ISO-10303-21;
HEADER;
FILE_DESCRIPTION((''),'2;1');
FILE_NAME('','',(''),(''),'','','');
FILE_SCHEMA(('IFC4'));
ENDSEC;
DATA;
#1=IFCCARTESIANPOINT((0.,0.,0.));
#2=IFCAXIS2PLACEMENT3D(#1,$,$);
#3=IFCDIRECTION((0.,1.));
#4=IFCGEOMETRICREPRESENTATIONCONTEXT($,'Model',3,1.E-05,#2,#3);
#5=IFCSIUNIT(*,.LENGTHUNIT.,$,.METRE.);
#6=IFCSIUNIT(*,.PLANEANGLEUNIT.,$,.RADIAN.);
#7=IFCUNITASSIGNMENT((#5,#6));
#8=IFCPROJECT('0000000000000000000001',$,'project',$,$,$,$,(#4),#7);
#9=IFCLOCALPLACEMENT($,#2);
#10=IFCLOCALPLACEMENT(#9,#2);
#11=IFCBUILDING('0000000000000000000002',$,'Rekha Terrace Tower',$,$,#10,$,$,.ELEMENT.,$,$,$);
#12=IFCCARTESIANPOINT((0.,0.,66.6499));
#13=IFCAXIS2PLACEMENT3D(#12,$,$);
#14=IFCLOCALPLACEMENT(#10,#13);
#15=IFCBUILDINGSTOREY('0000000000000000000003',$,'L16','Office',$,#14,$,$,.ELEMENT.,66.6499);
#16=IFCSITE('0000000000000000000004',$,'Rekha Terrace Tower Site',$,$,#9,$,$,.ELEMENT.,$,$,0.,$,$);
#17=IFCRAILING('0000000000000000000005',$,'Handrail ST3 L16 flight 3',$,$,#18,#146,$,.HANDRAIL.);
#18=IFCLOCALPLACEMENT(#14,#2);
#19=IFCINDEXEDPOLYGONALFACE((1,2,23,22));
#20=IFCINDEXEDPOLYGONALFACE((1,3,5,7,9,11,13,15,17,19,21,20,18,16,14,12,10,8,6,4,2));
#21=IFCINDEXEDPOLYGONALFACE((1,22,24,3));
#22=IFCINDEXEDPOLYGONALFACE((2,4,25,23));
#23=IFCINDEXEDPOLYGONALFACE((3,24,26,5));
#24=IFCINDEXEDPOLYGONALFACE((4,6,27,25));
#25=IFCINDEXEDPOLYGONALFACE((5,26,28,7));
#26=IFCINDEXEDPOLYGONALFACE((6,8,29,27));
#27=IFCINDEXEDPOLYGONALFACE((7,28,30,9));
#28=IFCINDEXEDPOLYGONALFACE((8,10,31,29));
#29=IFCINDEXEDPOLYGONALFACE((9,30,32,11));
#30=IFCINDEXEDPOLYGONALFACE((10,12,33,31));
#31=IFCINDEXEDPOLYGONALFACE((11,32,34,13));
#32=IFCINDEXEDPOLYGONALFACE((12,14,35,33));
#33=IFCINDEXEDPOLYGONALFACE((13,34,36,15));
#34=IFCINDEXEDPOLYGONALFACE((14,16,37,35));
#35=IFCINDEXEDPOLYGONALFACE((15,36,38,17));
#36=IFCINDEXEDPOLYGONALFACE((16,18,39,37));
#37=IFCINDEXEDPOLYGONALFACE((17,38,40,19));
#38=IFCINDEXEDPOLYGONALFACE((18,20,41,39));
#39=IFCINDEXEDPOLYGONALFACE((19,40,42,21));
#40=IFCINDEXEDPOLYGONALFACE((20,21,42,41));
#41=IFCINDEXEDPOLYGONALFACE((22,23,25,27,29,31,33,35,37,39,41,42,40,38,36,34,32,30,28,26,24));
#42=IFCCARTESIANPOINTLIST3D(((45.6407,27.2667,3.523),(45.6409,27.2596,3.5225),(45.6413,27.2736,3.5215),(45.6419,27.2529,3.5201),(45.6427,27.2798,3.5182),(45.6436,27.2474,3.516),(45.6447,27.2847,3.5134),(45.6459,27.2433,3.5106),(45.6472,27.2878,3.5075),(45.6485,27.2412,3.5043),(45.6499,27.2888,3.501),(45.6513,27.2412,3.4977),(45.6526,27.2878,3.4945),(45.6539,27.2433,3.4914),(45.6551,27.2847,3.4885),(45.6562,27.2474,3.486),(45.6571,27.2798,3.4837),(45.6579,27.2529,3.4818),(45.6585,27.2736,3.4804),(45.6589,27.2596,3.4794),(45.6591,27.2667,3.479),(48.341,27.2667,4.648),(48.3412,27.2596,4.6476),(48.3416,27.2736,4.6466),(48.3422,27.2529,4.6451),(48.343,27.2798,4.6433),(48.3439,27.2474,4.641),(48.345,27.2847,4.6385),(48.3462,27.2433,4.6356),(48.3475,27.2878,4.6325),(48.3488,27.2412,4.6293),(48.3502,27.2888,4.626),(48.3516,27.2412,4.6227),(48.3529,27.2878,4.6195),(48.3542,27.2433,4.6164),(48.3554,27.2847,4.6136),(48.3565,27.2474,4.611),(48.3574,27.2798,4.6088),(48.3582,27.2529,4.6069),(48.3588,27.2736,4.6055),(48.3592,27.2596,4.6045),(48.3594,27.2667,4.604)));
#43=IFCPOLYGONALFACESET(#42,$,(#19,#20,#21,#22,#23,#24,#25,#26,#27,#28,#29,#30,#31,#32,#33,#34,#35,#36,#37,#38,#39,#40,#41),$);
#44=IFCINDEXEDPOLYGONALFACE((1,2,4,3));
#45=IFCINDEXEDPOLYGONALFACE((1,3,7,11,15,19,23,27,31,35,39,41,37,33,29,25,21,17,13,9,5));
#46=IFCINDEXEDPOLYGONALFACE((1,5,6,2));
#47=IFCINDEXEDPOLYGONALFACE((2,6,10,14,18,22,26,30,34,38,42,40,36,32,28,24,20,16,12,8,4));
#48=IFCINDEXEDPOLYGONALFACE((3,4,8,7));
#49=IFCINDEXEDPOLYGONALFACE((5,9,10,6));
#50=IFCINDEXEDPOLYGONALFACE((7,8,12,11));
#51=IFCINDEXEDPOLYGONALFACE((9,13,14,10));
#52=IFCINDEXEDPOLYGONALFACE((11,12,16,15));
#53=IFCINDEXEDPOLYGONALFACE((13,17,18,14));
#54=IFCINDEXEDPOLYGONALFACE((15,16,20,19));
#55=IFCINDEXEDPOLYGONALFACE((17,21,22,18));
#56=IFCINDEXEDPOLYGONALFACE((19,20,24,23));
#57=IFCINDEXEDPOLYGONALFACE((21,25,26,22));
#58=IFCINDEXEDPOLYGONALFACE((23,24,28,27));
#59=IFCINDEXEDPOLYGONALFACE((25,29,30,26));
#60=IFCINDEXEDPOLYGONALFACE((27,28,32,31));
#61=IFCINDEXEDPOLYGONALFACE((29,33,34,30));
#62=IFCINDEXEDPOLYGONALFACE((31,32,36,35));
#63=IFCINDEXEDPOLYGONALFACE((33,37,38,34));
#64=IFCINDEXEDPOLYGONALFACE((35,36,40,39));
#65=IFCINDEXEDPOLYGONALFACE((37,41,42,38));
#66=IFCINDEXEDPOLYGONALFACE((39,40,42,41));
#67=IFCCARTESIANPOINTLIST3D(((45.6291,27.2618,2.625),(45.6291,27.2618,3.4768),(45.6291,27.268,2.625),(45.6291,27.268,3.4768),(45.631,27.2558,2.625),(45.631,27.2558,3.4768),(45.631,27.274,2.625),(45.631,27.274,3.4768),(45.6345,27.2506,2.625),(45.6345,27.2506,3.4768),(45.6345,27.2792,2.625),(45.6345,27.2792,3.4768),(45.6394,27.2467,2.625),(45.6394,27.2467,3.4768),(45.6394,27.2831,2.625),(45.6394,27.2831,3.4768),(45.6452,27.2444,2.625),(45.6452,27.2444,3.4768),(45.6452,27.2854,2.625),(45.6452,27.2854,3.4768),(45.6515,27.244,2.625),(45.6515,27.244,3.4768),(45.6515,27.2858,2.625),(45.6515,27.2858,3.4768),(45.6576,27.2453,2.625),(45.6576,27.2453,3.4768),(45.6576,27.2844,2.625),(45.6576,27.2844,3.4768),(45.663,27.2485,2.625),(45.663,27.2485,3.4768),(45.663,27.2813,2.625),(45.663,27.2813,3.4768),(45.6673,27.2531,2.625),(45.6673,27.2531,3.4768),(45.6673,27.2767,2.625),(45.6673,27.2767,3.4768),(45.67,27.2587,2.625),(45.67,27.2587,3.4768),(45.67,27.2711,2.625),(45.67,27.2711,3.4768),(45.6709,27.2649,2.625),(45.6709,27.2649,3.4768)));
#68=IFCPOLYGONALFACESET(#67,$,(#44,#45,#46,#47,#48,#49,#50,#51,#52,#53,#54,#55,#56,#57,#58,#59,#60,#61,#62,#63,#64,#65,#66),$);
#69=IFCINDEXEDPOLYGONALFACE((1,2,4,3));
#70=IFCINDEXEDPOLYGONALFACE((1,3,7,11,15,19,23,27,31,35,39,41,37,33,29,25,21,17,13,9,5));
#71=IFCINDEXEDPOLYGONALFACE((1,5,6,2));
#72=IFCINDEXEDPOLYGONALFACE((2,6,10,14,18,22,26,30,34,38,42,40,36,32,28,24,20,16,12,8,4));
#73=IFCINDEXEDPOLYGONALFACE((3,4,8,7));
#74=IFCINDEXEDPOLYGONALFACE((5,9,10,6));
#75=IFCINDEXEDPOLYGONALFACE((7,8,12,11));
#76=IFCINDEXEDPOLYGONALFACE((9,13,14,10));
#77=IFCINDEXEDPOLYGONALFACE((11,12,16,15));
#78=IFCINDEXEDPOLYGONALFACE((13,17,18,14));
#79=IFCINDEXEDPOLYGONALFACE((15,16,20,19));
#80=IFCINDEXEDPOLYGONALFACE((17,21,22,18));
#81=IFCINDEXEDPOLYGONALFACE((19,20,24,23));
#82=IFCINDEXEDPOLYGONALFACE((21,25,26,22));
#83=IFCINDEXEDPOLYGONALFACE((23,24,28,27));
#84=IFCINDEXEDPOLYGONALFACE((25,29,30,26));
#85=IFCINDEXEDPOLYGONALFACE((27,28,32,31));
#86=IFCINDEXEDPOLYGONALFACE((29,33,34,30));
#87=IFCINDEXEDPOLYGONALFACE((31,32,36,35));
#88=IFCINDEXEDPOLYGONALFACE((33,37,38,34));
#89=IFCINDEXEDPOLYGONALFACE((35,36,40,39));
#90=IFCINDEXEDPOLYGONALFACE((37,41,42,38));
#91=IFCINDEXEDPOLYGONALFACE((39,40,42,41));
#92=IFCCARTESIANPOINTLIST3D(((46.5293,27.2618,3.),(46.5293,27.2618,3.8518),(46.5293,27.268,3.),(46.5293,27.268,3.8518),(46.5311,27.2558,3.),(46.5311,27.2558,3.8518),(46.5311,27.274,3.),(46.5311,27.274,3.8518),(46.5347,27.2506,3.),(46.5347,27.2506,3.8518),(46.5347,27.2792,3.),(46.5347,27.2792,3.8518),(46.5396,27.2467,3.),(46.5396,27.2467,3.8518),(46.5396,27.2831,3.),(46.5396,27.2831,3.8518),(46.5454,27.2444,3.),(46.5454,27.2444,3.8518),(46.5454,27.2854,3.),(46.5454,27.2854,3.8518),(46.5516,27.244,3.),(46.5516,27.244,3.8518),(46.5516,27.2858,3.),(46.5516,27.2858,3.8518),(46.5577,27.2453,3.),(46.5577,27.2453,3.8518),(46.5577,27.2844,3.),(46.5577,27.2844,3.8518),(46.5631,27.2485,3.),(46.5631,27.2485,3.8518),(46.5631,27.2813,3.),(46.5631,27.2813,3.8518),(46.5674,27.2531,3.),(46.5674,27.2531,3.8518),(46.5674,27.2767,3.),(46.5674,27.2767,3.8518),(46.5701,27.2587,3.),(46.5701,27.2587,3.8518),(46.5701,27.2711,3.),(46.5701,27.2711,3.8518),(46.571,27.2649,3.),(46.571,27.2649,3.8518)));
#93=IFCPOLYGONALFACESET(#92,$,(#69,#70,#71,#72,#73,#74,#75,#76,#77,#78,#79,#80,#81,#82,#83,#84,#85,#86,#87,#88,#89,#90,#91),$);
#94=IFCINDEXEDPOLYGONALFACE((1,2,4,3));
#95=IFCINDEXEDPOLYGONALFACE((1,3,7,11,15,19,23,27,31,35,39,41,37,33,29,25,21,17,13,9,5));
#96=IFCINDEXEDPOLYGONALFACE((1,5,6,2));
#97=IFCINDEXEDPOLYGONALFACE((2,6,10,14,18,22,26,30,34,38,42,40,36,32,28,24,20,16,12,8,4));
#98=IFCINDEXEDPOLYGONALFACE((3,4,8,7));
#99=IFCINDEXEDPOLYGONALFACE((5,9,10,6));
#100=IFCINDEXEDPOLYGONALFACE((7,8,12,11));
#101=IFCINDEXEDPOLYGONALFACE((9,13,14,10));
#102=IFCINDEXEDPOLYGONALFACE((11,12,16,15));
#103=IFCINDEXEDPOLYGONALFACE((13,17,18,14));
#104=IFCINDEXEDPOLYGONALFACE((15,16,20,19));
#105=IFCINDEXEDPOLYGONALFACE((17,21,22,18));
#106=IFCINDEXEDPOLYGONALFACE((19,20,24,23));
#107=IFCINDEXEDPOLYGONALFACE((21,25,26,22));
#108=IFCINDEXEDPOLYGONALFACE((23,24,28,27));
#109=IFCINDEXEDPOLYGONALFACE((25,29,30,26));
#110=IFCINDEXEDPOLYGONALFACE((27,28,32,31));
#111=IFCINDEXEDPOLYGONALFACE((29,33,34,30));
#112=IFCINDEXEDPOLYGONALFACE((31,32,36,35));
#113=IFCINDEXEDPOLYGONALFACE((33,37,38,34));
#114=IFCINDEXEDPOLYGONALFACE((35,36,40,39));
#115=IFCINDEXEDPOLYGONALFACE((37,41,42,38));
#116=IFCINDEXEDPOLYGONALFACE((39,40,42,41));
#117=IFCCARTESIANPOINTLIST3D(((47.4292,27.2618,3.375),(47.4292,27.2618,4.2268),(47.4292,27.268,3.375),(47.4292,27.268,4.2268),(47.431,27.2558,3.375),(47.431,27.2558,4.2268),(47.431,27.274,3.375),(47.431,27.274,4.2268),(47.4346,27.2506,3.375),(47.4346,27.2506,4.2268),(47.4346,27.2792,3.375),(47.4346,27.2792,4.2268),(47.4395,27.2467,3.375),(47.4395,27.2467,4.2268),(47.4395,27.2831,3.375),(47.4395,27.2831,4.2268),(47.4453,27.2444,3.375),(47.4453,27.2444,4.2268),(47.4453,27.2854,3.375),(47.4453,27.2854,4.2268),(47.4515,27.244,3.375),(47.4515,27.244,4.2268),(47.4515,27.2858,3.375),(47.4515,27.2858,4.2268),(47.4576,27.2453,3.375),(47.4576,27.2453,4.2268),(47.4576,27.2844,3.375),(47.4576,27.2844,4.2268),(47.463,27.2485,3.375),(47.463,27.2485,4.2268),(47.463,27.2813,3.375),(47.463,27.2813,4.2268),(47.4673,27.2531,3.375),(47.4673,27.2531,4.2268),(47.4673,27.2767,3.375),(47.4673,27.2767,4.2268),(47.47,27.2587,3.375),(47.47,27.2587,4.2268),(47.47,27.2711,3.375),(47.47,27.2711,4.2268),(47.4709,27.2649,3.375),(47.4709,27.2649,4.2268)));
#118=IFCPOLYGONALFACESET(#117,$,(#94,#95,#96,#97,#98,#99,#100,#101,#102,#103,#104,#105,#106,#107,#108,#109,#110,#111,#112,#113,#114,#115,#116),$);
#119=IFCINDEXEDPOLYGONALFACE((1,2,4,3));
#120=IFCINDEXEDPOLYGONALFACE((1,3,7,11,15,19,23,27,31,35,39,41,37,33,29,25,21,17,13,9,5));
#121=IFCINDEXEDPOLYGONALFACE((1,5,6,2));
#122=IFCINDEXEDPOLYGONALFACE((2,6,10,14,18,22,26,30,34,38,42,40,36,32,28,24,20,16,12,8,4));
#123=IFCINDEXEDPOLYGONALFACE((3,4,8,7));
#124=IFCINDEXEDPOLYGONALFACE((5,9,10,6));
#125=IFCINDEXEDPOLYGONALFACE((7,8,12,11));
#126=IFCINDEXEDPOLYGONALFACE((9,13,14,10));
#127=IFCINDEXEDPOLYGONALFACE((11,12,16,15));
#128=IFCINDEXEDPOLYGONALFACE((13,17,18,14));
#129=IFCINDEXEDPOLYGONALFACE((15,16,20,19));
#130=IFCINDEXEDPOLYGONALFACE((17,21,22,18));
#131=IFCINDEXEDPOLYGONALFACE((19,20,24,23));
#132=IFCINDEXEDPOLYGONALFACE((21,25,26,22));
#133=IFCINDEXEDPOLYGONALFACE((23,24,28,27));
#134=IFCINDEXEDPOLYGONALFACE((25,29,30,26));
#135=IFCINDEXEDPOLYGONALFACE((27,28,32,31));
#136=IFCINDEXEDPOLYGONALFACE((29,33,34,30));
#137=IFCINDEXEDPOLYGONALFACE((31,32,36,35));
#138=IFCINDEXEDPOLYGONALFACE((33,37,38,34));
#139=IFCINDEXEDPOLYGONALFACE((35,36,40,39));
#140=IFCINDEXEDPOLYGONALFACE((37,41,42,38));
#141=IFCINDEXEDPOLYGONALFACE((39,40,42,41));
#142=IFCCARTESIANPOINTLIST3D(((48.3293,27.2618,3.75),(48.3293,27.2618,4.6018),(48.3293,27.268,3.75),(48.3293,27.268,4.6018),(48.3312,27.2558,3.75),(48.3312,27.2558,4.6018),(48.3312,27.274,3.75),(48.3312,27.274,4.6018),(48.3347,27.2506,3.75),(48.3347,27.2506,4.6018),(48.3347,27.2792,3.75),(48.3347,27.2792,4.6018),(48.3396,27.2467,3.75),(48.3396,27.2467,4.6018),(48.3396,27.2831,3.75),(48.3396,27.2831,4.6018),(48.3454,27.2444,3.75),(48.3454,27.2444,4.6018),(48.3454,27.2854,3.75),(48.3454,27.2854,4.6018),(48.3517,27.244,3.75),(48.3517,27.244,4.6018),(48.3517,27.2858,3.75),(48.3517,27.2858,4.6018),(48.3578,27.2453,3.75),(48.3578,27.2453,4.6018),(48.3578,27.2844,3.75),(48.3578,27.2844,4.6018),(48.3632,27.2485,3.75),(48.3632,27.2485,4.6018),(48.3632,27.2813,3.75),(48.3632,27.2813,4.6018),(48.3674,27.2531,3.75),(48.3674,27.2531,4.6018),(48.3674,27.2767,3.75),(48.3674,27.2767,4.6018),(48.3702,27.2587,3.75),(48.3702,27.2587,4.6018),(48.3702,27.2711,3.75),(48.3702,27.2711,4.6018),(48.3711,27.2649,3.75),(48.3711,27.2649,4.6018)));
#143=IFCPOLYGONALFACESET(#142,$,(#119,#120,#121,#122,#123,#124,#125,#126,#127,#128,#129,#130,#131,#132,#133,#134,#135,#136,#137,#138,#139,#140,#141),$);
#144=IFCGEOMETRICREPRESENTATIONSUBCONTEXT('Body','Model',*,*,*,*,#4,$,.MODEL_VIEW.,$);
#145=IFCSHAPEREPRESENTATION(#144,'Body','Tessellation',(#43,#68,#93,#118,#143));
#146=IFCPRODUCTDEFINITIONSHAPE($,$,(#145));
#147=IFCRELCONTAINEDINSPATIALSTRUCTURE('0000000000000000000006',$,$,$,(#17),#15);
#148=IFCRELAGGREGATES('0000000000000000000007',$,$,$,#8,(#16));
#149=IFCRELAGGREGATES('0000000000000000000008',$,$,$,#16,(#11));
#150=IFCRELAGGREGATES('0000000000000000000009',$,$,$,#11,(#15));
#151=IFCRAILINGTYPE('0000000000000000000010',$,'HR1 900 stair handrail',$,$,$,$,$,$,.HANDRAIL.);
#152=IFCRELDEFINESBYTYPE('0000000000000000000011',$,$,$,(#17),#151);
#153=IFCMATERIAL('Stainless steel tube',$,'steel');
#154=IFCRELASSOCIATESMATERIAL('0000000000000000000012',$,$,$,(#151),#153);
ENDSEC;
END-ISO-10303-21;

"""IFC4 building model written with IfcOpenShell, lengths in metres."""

from ifc_helpers import new_model, si_unit, direction, frame, origin, origin_2d, place, context, subcontext, project, spatial, circle, extrude, material, type_object, element, save


model = new_model("IFC4")

# Units and contexts
model_context = context("Model", 3, precision=1e-05, world=origin(), true_north=direction((0.0, 1.0)))
body_context = subcontext(model_context, "Body", "Model", "MODEL_VIEW")
ifc_project = project(units=[si_unit("LENGTHUNIT", "METRE"), si_unit("PLANEANGLEUNIT", "RADIAN")], contexts=[model_context])

# Site, building, storey
site_placement = place(None, origin())
site = spatial("IfcSite", under=ifc_project, at=site_placement, Name="Rekha Terrace Tower Site", CompositionType="ELEMENT", RefElevation=0.0)
building_placement = place(site_placement, origin())
building = spatial("IfcBuilding", under=site, at=building_placement, Name="Rekha Terrace Tower", CompositionType="ELEMENT")
storey_placement = place(building_placement, frame((0.0, 0.0, 66.6499)))
storey = spatial("IfcBuildingStorey", under=building, at=storey_placement, Name="L16", Description="Office", CompositionType="ELEMENT", Elevation=66.6499)

# Railing
ifc_material_1 = material(Name="Stainless steel tube", Category="steel")
railing_type_1 = type_object("IfcRailingType", Name="HR1 900 stair handrail", PredefinedType="HANDRAIL", material=ifc_material_1)
railing_1_placement = place(storey_placement, frame((45.6499, 27.2649, 2.625)))
element("IfcRailing", 1, at=railing_1_placement, inside=storey, type_object=railing_type_1, Name="Handrail ST3 L16 flight 3", PredefinedType="HANDRAIL", context=body_context, shape_type="SweptSolid", body=[
    extrude(circle(Radius=0.0239, at=origin_2d()), frame((0.0, 0.0, 0.876), z_axis=(0.923087, 0.0, 0.384592), x_axis=(0.0, 1.0, 0.0)), (0.0, 0.0, 1.0), 2.9253),
    extrude(circle(Radius=0.021, at=origin_2d()), origin(), (0.0, 0.0, 1.0), 0.8518),
    extrude(circle(Radius=0.021, at=origin_2d()), frame((0.9001, 0.0, 0.375)), (0.0, 0.0, 1.0), 0.8518),
    extrude(circle(Radius=0.021, at=origin_2d()), frame((1.8, 0.0, 0.75)), (0.0, 0.0, 1.0), 0.8518),
    extrude(circle(Radius=0.021, at=origin_2d()), frame((2.7002, 0.0, 1.125)), (0.0, 0.0, 1.0), 0.8518),
])

save(model, "model.ifc")
